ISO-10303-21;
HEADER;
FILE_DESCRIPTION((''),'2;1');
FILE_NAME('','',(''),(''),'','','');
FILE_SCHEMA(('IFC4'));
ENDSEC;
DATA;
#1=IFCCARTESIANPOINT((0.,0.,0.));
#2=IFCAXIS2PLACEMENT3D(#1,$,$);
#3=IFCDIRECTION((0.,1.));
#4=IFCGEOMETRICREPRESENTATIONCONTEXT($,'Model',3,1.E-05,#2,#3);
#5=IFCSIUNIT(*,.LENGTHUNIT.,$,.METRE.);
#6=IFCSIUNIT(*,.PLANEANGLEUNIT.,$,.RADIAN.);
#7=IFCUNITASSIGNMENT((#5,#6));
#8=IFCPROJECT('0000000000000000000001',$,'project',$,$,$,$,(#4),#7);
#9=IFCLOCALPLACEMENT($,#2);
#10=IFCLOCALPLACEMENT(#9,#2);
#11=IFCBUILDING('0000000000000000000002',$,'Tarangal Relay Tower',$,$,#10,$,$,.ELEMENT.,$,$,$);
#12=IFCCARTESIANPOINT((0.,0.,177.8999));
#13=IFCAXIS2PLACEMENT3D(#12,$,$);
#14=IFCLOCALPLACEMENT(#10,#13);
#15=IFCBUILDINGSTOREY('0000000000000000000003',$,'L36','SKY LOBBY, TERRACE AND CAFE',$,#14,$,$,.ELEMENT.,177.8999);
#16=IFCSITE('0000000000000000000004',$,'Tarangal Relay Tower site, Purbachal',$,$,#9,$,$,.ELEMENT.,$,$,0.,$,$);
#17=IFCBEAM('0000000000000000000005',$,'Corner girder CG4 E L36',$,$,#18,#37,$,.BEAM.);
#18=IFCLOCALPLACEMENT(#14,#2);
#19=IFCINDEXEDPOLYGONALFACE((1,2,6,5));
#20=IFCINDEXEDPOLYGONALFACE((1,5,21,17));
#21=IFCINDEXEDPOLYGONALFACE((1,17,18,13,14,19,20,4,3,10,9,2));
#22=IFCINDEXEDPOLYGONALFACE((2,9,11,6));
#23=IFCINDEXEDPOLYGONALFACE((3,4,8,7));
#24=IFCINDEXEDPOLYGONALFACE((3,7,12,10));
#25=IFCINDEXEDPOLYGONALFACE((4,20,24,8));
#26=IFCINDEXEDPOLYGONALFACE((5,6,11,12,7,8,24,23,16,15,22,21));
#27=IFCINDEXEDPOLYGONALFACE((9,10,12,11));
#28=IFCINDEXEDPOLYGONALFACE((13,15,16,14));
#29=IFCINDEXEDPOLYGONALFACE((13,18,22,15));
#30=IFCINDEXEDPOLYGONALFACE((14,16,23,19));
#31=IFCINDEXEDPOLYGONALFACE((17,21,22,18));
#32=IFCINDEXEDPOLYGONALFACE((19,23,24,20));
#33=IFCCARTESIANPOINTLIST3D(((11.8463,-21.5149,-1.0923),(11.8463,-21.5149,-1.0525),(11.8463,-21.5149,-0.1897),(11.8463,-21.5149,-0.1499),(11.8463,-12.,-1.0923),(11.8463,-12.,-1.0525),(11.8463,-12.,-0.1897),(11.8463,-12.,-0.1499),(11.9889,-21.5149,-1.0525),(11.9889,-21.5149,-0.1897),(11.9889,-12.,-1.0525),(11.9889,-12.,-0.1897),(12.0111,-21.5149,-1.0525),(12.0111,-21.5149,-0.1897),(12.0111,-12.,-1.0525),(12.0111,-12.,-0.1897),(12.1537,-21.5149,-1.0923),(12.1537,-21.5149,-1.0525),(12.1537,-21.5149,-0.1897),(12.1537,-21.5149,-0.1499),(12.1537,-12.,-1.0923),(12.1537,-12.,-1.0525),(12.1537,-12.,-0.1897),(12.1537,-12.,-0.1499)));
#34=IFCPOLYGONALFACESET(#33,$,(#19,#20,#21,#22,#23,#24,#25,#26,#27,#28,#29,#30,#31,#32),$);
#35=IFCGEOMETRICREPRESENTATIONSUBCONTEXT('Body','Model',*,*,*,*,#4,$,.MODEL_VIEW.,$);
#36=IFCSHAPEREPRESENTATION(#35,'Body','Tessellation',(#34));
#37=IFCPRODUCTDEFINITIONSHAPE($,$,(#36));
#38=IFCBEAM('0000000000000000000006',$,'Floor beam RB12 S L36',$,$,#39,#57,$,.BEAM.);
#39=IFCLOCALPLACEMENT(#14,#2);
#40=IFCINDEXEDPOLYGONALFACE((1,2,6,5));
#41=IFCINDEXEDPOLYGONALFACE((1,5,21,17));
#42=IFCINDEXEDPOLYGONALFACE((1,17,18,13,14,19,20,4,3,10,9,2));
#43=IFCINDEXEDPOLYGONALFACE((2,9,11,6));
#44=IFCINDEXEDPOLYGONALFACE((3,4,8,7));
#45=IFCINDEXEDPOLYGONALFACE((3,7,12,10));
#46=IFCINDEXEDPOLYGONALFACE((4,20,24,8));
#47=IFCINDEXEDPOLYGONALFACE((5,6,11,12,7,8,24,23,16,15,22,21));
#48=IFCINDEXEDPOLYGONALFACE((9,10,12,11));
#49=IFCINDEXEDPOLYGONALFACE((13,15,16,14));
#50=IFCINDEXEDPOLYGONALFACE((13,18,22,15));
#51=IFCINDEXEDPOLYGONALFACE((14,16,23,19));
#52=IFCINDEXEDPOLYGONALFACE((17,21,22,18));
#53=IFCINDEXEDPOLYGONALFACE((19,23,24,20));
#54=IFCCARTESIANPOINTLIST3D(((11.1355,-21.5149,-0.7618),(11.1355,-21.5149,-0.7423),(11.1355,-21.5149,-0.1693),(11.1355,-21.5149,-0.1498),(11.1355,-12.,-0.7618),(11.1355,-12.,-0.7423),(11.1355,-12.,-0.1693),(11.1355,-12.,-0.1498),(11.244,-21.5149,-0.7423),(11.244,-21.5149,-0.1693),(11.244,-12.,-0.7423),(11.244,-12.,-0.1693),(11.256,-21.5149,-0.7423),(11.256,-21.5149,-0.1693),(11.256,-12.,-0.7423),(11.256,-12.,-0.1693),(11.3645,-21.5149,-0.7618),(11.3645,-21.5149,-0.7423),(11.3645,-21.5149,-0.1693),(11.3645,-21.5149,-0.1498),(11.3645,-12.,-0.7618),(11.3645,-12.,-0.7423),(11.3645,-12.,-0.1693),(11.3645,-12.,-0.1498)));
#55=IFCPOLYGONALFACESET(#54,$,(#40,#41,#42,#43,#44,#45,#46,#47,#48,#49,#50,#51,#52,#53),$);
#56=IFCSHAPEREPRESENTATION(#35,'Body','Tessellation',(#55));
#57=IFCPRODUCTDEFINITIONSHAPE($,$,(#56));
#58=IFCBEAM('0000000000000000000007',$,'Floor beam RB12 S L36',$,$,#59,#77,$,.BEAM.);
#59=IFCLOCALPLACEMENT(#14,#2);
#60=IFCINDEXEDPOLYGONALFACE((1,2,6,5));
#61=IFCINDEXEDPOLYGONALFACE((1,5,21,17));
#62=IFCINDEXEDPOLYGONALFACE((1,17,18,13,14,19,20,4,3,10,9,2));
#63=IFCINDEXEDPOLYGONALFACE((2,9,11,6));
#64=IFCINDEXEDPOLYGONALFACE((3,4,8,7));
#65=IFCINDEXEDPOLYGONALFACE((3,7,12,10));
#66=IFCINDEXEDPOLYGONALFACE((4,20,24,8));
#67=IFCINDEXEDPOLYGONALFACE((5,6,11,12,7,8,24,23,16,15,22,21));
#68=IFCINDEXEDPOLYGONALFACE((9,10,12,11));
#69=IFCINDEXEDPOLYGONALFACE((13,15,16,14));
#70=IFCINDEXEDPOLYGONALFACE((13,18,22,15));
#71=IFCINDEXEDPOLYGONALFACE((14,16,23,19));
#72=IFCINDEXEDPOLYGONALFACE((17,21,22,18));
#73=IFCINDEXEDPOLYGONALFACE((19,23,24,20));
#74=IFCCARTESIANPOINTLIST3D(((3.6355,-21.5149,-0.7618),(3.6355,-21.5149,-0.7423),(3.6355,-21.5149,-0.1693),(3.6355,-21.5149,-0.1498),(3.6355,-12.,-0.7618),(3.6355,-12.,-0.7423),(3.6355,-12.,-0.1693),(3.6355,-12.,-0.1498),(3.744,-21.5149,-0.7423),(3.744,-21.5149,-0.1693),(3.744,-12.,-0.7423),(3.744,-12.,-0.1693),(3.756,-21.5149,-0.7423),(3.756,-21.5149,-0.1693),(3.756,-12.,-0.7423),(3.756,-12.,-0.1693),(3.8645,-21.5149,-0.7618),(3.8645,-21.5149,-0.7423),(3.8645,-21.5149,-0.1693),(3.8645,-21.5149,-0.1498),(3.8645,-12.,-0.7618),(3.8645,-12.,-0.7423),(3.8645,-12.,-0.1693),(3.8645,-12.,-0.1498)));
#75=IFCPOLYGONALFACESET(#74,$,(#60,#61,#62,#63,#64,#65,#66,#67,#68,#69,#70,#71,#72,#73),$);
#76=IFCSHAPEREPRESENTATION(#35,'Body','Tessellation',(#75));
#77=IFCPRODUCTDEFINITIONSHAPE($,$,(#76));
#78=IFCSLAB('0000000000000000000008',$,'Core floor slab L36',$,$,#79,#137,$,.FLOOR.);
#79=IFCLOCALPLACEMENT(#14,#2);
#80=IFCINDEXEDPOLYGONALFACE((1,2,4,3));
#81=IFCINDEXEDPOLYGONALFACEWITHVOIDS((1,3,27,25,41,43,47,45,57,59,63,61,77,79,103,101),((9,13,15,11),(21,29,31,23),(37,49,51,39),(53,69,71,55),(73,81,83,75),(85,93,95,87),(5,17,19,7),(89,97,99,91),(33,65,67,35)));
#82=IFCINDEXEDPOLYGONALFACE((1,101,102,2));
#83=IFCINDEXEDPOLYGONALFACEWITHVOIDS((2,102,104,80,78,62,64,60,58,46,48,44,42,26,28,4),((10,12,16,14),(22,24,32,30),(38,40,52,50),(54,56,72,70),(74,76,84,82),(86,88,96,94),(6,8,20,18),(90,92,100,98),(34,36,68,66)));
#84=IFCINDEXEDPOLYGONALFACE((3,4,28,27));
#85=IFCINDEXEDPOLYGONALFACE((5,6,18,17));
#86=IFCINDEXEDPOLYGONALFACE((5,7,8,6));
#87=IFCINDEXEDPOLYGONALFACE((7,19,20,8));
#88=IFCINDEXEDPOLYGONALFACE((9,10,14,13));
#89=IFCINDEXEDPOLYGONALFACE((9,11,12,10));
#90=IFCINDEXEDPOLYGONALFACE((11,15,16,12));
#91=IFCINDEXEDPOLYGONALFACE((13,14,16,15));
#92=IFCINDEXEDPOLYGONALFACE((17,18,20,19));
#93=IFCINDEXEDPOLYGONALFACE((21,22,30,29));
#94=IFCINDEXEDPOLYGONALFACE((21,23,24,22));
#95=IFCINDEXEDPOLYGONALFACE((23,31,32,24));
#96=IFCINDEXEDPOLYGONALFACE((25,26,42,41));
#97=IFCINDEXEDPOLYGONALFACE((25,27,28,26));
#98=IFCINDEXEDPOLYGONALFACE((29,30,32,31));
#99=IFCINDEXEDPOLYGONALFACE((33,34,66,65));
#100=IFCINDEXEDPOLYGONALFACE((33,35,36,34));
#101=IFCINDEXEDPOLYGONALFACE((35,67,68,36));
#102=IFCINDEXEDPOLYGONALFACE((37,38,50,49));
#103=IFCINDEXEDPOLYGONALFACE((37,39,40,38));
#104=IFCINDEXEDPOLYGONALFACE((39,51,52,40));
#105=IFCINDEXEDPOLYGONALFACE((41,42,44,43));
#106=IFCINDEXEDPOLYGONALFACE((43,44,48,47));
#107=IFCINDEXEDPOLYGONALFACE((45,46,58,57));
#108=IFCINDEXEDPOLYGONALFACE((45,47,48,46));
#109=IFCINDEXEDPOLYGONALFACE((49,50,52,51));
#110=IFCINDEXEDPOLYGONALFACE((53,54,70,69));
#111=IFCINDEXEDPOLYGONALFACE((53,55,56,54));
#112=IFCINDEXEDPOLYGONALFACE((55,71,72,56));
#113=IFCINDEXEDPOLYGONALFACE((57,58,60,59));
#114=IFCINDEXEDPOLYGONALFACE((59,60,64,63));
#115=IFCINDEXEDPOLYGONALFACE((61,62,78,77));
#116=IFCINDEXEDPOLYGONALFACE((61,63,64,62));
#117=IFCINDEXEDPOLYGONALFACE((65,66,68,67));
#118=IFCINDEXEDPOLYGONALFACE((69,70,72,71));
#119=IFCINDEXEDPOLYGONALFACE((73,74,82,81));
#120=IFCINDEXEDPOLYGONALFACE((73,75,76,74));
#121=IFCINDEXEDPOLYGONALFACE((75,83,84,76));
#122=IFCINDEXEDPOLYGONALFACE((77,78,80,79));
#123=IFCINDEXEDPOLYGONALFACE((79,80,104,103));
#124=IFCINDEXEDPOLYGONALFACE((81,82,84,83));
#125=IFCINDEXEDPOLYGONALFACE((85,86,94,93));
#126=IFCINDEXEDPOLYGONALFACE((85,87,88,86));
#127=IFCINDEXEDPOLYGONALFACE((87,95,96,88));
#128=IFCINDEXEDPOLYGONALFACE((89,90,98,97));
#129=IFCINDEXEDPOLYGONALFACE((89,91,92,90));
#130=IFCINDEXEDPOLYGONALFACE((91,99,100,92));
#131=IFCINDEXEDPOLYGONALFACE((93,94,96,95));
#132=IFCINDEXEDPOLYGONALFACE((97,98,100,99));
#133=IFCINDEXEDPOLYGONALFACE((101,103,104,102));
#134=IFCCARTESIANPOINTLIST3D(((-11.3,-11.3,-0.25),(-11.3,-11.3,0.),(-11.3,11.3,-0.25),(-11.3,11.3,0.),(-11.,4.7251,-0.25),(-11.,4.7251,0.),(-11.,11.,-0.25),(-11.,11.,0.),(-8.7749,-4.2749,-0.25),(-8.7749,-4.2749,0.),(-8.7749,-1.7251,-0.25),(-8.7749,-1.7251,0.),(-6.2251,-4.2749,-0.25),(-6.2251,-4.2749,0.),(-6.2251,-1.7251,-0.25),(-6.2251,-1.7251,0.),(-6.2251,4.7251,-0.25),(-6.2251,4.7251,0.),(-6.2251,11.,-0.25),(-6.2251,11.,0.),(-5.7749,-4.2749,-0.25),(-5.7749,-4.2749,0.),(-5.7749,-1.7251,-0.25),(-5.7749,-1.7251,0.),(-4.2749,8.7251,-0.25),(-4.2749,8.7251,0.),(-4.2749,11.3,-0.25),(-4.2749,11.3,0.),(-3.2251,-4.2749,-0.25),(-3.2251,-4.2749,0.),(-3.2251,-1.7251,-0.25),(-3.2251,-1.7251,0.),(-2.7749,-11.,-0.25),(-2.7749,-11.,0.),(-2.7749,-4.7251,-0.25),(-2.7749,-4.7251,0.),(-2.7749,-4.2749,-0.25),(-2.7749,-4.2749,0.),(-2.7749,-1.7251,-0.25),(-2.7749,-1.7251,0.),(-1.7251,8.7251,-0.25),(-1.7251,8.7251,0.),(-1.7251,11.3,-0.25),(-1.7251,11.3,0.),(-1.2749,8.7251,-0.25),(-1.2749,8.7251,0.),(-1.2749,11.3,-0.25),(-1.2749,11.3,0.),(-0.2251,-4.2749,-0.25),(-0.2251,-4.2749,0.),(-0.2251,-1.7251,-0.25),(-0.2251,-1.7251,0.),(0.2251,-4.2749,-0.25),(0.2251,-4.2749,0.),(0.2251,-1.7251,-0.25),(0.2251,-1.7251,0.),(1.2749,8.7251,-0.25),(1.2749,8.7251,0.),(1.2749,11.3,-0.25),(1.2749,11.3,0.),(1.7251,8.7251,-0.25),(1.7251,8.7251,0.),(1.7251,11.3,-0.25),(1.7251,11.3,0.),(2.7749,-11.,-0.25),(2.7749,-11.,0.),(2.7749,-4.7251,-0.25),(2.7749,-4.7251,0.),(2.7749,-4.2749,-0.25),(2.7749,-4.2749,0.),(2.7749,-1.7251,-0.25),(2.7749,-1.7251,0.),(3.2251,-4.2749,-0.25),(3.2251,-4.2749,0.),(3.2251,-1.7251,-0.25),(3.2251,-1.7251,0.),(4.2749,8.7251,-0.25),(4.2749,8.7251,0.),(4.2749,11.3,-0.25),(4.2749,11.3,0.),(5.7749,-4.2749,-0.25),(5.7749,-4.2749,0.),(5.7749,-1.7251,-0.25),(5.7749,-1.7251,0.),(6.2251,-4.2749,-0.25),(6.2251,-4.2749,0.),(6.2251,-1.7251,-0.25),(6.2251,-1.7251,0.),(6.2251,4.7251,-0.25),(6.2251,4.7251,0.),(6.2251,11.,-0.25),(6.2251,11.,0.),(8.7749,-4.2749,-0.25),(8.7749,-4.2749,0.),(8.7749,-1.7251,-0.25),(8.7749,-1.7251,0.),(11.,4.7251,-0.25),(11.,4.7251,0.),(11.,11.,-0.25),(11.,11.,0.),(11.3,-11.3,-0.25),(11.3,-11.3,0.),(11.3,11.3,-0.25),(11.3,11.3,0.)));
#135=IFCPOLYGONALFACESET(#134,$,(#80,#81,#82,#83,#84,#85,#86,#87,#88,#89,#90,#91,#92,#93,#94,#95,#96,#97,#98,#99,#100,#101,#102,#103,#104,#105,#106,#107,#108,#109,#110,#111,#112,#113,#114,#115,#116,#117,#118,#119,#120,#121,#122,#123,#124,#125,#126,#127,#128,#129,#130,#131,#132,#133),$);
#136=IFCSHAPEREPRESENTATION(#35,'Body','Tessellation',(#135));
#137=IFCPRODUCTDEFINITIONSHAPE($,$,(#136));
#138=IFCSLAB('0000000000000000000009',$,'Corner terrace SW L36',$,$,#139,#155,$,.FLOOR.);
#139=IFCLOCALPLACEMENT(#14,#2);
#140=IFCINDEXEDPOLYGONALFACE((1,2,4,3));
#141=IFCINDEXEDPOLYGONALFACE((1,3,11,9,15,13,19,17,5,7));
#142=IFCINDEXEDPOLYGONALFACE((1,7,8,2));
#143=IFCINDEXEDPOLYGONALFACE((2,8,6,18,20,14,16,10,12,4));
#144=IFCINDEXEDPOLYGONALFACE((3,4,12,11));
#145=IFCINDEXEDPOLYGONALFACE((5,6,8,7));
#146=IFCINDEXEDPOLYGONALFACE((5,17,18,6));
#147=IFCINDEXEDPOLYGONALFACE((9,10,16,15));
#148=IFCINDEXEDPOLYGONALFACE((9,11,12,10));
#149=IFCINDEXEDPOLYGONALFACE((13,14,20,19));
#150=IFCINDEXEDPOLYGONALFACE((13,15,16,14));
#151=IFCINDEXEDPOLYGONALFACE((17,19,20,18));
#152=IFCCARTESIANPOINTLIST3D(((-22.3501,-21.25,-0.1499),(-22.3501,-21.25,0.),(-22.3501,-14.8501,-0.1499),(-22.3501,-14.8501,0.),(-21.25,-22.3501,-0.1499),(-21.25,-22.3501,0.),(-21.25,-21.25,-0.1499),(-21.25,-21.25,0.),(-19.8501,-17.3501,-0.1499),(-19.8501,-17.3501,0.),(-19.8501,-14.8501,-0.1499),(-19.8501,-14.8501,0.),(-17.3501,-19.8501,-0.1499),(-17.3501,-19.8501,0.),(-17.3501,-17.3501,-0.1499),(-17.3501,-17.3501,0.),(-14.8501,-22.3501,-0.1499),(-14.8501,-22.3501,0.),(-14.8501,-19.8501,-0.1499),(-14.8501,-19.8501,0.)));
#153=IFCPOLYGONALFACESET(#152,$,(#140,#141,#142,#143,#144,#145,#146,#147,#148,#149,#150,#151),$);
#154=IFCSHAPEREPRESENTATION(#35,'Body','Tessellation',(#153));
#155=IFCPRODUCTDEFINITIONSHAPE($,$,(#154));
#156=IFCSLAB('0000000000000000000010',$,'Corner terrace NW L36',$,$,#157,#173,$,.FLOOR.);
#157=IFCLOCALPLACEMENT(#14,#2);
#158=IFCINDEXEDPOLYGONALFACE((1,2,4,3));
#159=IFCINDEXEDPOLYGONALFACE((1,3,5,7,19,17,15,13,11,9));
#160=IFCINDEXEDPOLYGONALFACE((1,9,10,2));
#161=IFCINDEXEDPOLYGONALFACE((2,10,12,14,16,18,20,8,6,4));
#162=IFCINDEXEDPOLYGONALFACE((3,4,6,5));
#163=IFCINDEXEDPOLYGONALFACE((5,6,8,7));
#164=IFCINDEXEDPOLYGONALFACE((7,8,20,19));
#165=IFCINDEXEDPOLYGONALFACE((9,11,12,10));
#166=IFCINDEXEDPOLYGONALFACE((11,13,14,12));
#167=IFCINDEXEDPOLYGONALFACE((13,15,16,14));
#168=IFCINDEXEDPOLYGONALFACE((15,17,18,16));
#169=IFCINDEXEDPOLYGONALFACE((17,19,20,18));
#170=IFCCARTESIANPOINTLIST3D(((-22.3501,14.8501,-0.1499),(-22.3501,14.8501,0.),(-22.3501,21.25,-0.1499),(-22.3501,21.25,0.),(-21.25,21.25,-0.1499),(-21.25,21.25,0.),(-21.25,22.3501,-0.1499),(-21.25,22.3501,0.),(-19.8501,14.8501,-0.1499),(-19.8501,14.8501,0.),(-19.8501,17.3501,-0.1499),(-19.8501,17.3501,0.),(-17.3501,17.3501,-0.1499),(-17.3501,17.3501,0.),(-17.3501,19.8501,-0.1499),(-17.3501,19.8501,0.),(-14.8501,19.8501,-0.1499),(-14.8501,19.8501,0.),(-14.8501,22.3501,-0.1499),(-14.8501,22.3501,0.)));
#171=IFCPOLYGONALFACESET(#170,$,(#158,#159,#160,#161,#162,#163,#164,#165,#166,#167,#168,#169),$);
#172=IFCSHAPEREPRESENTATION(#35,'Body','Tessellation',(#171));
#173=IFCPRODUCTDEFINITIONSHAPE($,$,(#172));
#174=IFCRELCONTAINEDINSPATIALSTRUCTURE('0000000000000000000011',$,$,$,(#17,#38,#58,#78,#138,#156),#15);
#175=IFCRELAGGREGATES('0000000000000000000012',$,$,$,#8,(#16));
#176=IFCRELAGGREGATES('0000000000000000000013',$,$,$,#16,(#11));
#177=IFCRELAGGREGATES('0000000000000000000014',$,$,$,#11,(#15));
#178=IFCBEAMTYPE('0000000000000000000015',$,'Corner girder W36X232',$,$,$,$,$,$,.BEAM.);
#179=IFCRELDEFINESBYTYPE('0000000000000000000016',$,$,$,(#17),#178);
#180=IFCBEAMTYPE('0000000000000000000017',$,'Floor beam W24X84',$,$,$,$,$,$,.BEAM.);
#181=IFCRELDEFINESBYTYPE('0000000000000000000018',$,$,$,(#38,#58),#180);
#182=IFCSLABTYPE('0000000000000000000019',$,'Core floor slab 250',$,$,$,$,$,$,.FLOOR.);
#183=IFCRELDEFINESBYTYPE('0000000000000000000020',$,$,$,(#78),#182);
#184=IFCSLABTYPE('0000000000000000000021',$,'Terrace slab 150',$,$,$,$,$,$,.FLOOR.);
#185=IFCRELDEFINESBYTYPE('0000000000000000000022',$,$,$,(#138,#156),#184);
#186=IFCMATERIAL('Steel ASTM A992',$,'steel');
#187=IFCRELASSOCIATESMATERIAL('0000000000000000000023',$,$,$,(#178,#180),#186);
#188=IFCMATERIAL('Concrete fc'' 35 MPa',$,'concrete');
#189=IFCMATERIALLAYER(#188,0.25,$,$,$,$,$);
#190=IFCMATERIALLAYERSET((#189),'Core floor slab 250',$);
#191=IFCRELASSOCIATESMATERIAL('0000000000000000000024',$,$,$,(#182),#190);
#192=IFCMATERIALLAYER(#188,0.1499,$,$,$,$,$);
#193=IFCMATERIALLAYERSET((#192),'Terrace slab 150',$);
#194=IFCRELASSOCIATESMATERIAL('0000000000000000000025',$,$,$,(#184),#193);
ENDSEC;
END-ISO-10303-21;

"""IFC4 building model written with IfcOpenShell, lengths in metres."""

from ifc_helpers import new_model, si_unit, direction, frame, origin, origin_2d, place, context, subcontext, project, spatial, polyline, i_section, outline, extrude, material, layer, layer_set, material_profile, profile_set, type_object, element, save


model = new_model("IFC4")

# Units and contexts
model_context = context("Model", 3, precision=1e-05, world=origin(), true_north=direction((0.0, 1.0)))
body_context = subcontext(model_context, "Body", "Model", "MODEL_VIEW")
ifc_project = project(units=[si_unit("LENGTHUNIT", "METRE"), si_unit("PLANEANGLEUNIT", "RADIAN")], contexts=[model_context])

# Site, building, storey
site_placement = place(None, origin())
site = spatial("IfcSite", under=ifc_project, at=site_placement, Name="Tarangal Relay Tower site, Purbachal", CompositionType="ELEMENT", RefElevation=0.0)
building_placement = place(site_placement, origin())
building = spatial("IfcBuilding", under=site, at=building_placement, Name="Tarangal Relay Tower", CompositionType="ELEMENT")
storey_placement = place(building_placement, frame((0.0, 0.0, 177.8999)))
storey = spatial("IfcBuildingStorey", under=building, at=storey_placement, Name="L36", Description="SKY LOBBY, TERRACE AND CAFE", CompositionType="ELEMENT", Elevation=177.8999)

# Beams
ifc_material_1 = material(Name="Steel ASTM A992", Category="steel")
ifc_material_profile_1 = material_profile(ifc_material_1, i_section(OverallWidth=0.3074, OverallDepth=0.9424, WebThickness=0.0222, FlangeThickness=0.0398, at=origin_2d()), Name="W36X232")
ifc_profile_set_1 = profile_set([ifc_material_profile_1], Name="Steel ASTM A992")
beam_type_1 = type_object("IfcBeamType", Name="Corner girder W36X232", PredefinedType="BEAM", material=ifc_profile_set_1)
beam_placement = place(storey_placement, frame((12.0, -12.0, -0.6211), z_axis=(0.0, -1.0, 0.0), x_axis=(1.0, 0.0, 0.0)))
element("IfcBeam", 1, at=beam_placement, inside=storey, type_object=beam_type_1, Name="Corner girder CG4 E L36", PredefinedType="BEAM", context=body_context, shape_type="SweptSolid", body=[
    extrude(i_section(OverallWidth=0.3074, OverallDepth=0.9424, WebThickness=0.0222, FlangeThickness=0.0398, at=origin_2d()), origin(), (0.0, 0.0, 1.0), 9.5149),
])
ifc_material_profile_2 = material_profile(ifc_material_1, i_section(OverallWidth=0.229, OverallDepth=0.6121, WebThickness=0.012, FlangeThickness=0.0195, at=origin_2d()), Name="W24X84")
ifc_profile_set_2 = profile_set([ifc_material_profile_2], Name="Steel ASTM A992")
beam_type_2 = type_object("IfcBeamType", Name="Floor beam W24X84", PredefinedType="BEAM", material=ifc_profile_set_2)
for number, where, z_axis, x_axis, name in (
    (2, (11.25, -12.0, -0.4558), (0.0, -1.0, 0.0), (1.0, 0.0, 0.0), "Floor beam RB12 S L36"),
    (3, (3.75, -12.0, -0.4558), (0.0, -1.0, 0.0), (1.0, 0.0, 0.0), "Floor beam RB12 S L36"),
):
    element("IfcBeam", number, at=place(storey_placement, frame(where, z_axis=z_axis, x_axis=x_axis)), inside=storey, type_object=beam_type_2, Name=name, PredefinedType="BEAM", context=body_context, shape_type="SweptSolid", body=[
        extrude(i_section(OverallWidth=0.229, OverallDepth=0.6121, WebThickness=0.012, FlangeThickness=0.0195, at=origin_2d()), origin(), (0.0, 0.0, 1.0), 9.5149),
    ])

# Slabs
ifc_material_2 = material(Name="Concrete fc' 35 MPa", Category="concrete")
ifc_layer_1 = layer(ifc_material_2, 0.25)
ifc_layer_set_1 = layer_set([ifc_layer_1], Name="Core floor slab 250")
slab_type_1 = type_object("IfcSlabType", Name="Core floor slab 250", PredefinedType="FLOOR", material=ifc_layer_set_1)
slab_1_placement = place(storey_placement, frame((0.0, 0.0, -0.25)))
element("IfcSlab", 4, at=slab_1_placement, inside=storey, type_object=slab_type_1, Name="Core floor slab L36", PredefinedType="FLOOR", context=body_context, shape_type="SweptSolid", body=[
    extrude(outline(polyline([(11.3, 11.3), (11.3, -11.3), (-11.3, -11.3), (-11.3, 11.3), (-4.2749, 11.3), (-4.2749, 8.7251), (-1.7251, 8.7251), (-1.7251, 11.3), (-1.2749, 11.3), (-1.2749, 8.7251), (1.2749, 8.7251), (1.2749, 11.3), (1.7251, 11.3), (1.7251, 8.7251), (4.2749, 8.7251), (4.2749, 11.3), (11.3, 11.3)]), holes=[polyline([(-6.2251, -1.7251), (-8.7749, -1.7251), (-8.7749, -4.2749), (-6.2251, -4.2749), (-6.2251, -1.7251)]), polyline([(-3.2251, -4.2749), (-3.2251, -1.7251), (-5.7749, -1.7251), (-5.7749, -4.2749), (-3.2251, -4.2749)]), polyline([(-0.2251, -4.2749), (-0.2251, -1.7251), (-2.7749, -1.7251), (-2.7749, -4.2749), (-0.2251, -4.2749)]), polyline([(-6.2251, 11.0), (-11.0, 11.0), (-11.0, 4.7251), (-6.2251, 4.7251), (-6.2251, 11.0)]), polyline([(2.7749, -4.7251), (-2.7749, -4.7251), (-2.7749, -11.0), (2.7749, -11.0), (2.7749, -4.7251)]), polyline([(2.7749, -4.2749), (2.7749, -1.7251), (0.2251, -1.7251), (0.2251, -4.2749), (2.7749, -4.2749)]), polyline([(5.7749, -4.2749), (5.7749, -1.7251), (3.2251, -1.7251), (3.2251, -4.2749), (5.7749, -4.2749)]), polyline([(8.7749, -1.7251), (6.2251, -1.7251), (6.2251, -4.2749), (8.7749, -4.2749), (8.7749, -1.7251)]), polyline([(11.0, 4.7251), (11.0, 11.0), (6.2251, 11.0), (6.2251, 4.7251), (11.0, 4.7251)])]), origin(), (0.0, 0.0, 1.0), 0.25),
])
ifc_layer_2 = layer(ifc_material_2, 0.1499)
ifc_layer_set_2 = layer_set([ifc_layer_2], Name="Terrace slab 150")
slab_type_2 = type_object("IfcSlabType", Name="Terrace slab 150", PredefinedType="FLOOR", material=ifc_layer_set_2)
slab_2_placement = place(storey_placement, frame((0.0, 0.0, -0.1499)))
element("IfcSlab", 5, at=slab_2_placement, inside=storey, type_object=slab_type_2, Name="Corner terrace SW L36", PredefinedType="FLOOR", context=body_context, shape_type="SweptSolid", body=[
    extrude(outline(polyline([(-14.8501, -22.3501), (-14.8501, -19.8501), (-17.3501, -19.8501), (-17.3501, -17.3501), (-19.8501, -17.3501), (-19.8501, -14.8501), (-22.3501, -14.8501), (-22.3501, -21.25), (-21.25, -21.25), (-21.25, -22.3501), (-14.8501, -22.3501)])), origin(), (0.0, 0.0, 1.0), 0.1499),
])
slab_3_placement = place(storey_placement, frame((0.0, 0.0, -0.1499)))
element("IfcSlab", 6, at=slab_3_placement, inside=storey, type_object=slab_type_2, Name="Corner terrace NW L36", PredefinedType="FLOOR", context=body_context, shape_type="SweptSolid", body=[
    extrude(outline(polyline([(-22.3501, 14.8501), (-19.8501, 14.8501), (-19.8501, 17.3501), (-17.3501, 17.3501), (-17.3501, 19.8501), (-14.8501, 19.8501), (-14.8501, 22.3501), (-21.25, 22.3501), (-21.25, 21.25), (-22.3501, 21.25), (-22.3501, 14.8501)])), origin(), (0.0, 0.0, 1.0), 0.1499),
])

save(model, "model.ifc")
